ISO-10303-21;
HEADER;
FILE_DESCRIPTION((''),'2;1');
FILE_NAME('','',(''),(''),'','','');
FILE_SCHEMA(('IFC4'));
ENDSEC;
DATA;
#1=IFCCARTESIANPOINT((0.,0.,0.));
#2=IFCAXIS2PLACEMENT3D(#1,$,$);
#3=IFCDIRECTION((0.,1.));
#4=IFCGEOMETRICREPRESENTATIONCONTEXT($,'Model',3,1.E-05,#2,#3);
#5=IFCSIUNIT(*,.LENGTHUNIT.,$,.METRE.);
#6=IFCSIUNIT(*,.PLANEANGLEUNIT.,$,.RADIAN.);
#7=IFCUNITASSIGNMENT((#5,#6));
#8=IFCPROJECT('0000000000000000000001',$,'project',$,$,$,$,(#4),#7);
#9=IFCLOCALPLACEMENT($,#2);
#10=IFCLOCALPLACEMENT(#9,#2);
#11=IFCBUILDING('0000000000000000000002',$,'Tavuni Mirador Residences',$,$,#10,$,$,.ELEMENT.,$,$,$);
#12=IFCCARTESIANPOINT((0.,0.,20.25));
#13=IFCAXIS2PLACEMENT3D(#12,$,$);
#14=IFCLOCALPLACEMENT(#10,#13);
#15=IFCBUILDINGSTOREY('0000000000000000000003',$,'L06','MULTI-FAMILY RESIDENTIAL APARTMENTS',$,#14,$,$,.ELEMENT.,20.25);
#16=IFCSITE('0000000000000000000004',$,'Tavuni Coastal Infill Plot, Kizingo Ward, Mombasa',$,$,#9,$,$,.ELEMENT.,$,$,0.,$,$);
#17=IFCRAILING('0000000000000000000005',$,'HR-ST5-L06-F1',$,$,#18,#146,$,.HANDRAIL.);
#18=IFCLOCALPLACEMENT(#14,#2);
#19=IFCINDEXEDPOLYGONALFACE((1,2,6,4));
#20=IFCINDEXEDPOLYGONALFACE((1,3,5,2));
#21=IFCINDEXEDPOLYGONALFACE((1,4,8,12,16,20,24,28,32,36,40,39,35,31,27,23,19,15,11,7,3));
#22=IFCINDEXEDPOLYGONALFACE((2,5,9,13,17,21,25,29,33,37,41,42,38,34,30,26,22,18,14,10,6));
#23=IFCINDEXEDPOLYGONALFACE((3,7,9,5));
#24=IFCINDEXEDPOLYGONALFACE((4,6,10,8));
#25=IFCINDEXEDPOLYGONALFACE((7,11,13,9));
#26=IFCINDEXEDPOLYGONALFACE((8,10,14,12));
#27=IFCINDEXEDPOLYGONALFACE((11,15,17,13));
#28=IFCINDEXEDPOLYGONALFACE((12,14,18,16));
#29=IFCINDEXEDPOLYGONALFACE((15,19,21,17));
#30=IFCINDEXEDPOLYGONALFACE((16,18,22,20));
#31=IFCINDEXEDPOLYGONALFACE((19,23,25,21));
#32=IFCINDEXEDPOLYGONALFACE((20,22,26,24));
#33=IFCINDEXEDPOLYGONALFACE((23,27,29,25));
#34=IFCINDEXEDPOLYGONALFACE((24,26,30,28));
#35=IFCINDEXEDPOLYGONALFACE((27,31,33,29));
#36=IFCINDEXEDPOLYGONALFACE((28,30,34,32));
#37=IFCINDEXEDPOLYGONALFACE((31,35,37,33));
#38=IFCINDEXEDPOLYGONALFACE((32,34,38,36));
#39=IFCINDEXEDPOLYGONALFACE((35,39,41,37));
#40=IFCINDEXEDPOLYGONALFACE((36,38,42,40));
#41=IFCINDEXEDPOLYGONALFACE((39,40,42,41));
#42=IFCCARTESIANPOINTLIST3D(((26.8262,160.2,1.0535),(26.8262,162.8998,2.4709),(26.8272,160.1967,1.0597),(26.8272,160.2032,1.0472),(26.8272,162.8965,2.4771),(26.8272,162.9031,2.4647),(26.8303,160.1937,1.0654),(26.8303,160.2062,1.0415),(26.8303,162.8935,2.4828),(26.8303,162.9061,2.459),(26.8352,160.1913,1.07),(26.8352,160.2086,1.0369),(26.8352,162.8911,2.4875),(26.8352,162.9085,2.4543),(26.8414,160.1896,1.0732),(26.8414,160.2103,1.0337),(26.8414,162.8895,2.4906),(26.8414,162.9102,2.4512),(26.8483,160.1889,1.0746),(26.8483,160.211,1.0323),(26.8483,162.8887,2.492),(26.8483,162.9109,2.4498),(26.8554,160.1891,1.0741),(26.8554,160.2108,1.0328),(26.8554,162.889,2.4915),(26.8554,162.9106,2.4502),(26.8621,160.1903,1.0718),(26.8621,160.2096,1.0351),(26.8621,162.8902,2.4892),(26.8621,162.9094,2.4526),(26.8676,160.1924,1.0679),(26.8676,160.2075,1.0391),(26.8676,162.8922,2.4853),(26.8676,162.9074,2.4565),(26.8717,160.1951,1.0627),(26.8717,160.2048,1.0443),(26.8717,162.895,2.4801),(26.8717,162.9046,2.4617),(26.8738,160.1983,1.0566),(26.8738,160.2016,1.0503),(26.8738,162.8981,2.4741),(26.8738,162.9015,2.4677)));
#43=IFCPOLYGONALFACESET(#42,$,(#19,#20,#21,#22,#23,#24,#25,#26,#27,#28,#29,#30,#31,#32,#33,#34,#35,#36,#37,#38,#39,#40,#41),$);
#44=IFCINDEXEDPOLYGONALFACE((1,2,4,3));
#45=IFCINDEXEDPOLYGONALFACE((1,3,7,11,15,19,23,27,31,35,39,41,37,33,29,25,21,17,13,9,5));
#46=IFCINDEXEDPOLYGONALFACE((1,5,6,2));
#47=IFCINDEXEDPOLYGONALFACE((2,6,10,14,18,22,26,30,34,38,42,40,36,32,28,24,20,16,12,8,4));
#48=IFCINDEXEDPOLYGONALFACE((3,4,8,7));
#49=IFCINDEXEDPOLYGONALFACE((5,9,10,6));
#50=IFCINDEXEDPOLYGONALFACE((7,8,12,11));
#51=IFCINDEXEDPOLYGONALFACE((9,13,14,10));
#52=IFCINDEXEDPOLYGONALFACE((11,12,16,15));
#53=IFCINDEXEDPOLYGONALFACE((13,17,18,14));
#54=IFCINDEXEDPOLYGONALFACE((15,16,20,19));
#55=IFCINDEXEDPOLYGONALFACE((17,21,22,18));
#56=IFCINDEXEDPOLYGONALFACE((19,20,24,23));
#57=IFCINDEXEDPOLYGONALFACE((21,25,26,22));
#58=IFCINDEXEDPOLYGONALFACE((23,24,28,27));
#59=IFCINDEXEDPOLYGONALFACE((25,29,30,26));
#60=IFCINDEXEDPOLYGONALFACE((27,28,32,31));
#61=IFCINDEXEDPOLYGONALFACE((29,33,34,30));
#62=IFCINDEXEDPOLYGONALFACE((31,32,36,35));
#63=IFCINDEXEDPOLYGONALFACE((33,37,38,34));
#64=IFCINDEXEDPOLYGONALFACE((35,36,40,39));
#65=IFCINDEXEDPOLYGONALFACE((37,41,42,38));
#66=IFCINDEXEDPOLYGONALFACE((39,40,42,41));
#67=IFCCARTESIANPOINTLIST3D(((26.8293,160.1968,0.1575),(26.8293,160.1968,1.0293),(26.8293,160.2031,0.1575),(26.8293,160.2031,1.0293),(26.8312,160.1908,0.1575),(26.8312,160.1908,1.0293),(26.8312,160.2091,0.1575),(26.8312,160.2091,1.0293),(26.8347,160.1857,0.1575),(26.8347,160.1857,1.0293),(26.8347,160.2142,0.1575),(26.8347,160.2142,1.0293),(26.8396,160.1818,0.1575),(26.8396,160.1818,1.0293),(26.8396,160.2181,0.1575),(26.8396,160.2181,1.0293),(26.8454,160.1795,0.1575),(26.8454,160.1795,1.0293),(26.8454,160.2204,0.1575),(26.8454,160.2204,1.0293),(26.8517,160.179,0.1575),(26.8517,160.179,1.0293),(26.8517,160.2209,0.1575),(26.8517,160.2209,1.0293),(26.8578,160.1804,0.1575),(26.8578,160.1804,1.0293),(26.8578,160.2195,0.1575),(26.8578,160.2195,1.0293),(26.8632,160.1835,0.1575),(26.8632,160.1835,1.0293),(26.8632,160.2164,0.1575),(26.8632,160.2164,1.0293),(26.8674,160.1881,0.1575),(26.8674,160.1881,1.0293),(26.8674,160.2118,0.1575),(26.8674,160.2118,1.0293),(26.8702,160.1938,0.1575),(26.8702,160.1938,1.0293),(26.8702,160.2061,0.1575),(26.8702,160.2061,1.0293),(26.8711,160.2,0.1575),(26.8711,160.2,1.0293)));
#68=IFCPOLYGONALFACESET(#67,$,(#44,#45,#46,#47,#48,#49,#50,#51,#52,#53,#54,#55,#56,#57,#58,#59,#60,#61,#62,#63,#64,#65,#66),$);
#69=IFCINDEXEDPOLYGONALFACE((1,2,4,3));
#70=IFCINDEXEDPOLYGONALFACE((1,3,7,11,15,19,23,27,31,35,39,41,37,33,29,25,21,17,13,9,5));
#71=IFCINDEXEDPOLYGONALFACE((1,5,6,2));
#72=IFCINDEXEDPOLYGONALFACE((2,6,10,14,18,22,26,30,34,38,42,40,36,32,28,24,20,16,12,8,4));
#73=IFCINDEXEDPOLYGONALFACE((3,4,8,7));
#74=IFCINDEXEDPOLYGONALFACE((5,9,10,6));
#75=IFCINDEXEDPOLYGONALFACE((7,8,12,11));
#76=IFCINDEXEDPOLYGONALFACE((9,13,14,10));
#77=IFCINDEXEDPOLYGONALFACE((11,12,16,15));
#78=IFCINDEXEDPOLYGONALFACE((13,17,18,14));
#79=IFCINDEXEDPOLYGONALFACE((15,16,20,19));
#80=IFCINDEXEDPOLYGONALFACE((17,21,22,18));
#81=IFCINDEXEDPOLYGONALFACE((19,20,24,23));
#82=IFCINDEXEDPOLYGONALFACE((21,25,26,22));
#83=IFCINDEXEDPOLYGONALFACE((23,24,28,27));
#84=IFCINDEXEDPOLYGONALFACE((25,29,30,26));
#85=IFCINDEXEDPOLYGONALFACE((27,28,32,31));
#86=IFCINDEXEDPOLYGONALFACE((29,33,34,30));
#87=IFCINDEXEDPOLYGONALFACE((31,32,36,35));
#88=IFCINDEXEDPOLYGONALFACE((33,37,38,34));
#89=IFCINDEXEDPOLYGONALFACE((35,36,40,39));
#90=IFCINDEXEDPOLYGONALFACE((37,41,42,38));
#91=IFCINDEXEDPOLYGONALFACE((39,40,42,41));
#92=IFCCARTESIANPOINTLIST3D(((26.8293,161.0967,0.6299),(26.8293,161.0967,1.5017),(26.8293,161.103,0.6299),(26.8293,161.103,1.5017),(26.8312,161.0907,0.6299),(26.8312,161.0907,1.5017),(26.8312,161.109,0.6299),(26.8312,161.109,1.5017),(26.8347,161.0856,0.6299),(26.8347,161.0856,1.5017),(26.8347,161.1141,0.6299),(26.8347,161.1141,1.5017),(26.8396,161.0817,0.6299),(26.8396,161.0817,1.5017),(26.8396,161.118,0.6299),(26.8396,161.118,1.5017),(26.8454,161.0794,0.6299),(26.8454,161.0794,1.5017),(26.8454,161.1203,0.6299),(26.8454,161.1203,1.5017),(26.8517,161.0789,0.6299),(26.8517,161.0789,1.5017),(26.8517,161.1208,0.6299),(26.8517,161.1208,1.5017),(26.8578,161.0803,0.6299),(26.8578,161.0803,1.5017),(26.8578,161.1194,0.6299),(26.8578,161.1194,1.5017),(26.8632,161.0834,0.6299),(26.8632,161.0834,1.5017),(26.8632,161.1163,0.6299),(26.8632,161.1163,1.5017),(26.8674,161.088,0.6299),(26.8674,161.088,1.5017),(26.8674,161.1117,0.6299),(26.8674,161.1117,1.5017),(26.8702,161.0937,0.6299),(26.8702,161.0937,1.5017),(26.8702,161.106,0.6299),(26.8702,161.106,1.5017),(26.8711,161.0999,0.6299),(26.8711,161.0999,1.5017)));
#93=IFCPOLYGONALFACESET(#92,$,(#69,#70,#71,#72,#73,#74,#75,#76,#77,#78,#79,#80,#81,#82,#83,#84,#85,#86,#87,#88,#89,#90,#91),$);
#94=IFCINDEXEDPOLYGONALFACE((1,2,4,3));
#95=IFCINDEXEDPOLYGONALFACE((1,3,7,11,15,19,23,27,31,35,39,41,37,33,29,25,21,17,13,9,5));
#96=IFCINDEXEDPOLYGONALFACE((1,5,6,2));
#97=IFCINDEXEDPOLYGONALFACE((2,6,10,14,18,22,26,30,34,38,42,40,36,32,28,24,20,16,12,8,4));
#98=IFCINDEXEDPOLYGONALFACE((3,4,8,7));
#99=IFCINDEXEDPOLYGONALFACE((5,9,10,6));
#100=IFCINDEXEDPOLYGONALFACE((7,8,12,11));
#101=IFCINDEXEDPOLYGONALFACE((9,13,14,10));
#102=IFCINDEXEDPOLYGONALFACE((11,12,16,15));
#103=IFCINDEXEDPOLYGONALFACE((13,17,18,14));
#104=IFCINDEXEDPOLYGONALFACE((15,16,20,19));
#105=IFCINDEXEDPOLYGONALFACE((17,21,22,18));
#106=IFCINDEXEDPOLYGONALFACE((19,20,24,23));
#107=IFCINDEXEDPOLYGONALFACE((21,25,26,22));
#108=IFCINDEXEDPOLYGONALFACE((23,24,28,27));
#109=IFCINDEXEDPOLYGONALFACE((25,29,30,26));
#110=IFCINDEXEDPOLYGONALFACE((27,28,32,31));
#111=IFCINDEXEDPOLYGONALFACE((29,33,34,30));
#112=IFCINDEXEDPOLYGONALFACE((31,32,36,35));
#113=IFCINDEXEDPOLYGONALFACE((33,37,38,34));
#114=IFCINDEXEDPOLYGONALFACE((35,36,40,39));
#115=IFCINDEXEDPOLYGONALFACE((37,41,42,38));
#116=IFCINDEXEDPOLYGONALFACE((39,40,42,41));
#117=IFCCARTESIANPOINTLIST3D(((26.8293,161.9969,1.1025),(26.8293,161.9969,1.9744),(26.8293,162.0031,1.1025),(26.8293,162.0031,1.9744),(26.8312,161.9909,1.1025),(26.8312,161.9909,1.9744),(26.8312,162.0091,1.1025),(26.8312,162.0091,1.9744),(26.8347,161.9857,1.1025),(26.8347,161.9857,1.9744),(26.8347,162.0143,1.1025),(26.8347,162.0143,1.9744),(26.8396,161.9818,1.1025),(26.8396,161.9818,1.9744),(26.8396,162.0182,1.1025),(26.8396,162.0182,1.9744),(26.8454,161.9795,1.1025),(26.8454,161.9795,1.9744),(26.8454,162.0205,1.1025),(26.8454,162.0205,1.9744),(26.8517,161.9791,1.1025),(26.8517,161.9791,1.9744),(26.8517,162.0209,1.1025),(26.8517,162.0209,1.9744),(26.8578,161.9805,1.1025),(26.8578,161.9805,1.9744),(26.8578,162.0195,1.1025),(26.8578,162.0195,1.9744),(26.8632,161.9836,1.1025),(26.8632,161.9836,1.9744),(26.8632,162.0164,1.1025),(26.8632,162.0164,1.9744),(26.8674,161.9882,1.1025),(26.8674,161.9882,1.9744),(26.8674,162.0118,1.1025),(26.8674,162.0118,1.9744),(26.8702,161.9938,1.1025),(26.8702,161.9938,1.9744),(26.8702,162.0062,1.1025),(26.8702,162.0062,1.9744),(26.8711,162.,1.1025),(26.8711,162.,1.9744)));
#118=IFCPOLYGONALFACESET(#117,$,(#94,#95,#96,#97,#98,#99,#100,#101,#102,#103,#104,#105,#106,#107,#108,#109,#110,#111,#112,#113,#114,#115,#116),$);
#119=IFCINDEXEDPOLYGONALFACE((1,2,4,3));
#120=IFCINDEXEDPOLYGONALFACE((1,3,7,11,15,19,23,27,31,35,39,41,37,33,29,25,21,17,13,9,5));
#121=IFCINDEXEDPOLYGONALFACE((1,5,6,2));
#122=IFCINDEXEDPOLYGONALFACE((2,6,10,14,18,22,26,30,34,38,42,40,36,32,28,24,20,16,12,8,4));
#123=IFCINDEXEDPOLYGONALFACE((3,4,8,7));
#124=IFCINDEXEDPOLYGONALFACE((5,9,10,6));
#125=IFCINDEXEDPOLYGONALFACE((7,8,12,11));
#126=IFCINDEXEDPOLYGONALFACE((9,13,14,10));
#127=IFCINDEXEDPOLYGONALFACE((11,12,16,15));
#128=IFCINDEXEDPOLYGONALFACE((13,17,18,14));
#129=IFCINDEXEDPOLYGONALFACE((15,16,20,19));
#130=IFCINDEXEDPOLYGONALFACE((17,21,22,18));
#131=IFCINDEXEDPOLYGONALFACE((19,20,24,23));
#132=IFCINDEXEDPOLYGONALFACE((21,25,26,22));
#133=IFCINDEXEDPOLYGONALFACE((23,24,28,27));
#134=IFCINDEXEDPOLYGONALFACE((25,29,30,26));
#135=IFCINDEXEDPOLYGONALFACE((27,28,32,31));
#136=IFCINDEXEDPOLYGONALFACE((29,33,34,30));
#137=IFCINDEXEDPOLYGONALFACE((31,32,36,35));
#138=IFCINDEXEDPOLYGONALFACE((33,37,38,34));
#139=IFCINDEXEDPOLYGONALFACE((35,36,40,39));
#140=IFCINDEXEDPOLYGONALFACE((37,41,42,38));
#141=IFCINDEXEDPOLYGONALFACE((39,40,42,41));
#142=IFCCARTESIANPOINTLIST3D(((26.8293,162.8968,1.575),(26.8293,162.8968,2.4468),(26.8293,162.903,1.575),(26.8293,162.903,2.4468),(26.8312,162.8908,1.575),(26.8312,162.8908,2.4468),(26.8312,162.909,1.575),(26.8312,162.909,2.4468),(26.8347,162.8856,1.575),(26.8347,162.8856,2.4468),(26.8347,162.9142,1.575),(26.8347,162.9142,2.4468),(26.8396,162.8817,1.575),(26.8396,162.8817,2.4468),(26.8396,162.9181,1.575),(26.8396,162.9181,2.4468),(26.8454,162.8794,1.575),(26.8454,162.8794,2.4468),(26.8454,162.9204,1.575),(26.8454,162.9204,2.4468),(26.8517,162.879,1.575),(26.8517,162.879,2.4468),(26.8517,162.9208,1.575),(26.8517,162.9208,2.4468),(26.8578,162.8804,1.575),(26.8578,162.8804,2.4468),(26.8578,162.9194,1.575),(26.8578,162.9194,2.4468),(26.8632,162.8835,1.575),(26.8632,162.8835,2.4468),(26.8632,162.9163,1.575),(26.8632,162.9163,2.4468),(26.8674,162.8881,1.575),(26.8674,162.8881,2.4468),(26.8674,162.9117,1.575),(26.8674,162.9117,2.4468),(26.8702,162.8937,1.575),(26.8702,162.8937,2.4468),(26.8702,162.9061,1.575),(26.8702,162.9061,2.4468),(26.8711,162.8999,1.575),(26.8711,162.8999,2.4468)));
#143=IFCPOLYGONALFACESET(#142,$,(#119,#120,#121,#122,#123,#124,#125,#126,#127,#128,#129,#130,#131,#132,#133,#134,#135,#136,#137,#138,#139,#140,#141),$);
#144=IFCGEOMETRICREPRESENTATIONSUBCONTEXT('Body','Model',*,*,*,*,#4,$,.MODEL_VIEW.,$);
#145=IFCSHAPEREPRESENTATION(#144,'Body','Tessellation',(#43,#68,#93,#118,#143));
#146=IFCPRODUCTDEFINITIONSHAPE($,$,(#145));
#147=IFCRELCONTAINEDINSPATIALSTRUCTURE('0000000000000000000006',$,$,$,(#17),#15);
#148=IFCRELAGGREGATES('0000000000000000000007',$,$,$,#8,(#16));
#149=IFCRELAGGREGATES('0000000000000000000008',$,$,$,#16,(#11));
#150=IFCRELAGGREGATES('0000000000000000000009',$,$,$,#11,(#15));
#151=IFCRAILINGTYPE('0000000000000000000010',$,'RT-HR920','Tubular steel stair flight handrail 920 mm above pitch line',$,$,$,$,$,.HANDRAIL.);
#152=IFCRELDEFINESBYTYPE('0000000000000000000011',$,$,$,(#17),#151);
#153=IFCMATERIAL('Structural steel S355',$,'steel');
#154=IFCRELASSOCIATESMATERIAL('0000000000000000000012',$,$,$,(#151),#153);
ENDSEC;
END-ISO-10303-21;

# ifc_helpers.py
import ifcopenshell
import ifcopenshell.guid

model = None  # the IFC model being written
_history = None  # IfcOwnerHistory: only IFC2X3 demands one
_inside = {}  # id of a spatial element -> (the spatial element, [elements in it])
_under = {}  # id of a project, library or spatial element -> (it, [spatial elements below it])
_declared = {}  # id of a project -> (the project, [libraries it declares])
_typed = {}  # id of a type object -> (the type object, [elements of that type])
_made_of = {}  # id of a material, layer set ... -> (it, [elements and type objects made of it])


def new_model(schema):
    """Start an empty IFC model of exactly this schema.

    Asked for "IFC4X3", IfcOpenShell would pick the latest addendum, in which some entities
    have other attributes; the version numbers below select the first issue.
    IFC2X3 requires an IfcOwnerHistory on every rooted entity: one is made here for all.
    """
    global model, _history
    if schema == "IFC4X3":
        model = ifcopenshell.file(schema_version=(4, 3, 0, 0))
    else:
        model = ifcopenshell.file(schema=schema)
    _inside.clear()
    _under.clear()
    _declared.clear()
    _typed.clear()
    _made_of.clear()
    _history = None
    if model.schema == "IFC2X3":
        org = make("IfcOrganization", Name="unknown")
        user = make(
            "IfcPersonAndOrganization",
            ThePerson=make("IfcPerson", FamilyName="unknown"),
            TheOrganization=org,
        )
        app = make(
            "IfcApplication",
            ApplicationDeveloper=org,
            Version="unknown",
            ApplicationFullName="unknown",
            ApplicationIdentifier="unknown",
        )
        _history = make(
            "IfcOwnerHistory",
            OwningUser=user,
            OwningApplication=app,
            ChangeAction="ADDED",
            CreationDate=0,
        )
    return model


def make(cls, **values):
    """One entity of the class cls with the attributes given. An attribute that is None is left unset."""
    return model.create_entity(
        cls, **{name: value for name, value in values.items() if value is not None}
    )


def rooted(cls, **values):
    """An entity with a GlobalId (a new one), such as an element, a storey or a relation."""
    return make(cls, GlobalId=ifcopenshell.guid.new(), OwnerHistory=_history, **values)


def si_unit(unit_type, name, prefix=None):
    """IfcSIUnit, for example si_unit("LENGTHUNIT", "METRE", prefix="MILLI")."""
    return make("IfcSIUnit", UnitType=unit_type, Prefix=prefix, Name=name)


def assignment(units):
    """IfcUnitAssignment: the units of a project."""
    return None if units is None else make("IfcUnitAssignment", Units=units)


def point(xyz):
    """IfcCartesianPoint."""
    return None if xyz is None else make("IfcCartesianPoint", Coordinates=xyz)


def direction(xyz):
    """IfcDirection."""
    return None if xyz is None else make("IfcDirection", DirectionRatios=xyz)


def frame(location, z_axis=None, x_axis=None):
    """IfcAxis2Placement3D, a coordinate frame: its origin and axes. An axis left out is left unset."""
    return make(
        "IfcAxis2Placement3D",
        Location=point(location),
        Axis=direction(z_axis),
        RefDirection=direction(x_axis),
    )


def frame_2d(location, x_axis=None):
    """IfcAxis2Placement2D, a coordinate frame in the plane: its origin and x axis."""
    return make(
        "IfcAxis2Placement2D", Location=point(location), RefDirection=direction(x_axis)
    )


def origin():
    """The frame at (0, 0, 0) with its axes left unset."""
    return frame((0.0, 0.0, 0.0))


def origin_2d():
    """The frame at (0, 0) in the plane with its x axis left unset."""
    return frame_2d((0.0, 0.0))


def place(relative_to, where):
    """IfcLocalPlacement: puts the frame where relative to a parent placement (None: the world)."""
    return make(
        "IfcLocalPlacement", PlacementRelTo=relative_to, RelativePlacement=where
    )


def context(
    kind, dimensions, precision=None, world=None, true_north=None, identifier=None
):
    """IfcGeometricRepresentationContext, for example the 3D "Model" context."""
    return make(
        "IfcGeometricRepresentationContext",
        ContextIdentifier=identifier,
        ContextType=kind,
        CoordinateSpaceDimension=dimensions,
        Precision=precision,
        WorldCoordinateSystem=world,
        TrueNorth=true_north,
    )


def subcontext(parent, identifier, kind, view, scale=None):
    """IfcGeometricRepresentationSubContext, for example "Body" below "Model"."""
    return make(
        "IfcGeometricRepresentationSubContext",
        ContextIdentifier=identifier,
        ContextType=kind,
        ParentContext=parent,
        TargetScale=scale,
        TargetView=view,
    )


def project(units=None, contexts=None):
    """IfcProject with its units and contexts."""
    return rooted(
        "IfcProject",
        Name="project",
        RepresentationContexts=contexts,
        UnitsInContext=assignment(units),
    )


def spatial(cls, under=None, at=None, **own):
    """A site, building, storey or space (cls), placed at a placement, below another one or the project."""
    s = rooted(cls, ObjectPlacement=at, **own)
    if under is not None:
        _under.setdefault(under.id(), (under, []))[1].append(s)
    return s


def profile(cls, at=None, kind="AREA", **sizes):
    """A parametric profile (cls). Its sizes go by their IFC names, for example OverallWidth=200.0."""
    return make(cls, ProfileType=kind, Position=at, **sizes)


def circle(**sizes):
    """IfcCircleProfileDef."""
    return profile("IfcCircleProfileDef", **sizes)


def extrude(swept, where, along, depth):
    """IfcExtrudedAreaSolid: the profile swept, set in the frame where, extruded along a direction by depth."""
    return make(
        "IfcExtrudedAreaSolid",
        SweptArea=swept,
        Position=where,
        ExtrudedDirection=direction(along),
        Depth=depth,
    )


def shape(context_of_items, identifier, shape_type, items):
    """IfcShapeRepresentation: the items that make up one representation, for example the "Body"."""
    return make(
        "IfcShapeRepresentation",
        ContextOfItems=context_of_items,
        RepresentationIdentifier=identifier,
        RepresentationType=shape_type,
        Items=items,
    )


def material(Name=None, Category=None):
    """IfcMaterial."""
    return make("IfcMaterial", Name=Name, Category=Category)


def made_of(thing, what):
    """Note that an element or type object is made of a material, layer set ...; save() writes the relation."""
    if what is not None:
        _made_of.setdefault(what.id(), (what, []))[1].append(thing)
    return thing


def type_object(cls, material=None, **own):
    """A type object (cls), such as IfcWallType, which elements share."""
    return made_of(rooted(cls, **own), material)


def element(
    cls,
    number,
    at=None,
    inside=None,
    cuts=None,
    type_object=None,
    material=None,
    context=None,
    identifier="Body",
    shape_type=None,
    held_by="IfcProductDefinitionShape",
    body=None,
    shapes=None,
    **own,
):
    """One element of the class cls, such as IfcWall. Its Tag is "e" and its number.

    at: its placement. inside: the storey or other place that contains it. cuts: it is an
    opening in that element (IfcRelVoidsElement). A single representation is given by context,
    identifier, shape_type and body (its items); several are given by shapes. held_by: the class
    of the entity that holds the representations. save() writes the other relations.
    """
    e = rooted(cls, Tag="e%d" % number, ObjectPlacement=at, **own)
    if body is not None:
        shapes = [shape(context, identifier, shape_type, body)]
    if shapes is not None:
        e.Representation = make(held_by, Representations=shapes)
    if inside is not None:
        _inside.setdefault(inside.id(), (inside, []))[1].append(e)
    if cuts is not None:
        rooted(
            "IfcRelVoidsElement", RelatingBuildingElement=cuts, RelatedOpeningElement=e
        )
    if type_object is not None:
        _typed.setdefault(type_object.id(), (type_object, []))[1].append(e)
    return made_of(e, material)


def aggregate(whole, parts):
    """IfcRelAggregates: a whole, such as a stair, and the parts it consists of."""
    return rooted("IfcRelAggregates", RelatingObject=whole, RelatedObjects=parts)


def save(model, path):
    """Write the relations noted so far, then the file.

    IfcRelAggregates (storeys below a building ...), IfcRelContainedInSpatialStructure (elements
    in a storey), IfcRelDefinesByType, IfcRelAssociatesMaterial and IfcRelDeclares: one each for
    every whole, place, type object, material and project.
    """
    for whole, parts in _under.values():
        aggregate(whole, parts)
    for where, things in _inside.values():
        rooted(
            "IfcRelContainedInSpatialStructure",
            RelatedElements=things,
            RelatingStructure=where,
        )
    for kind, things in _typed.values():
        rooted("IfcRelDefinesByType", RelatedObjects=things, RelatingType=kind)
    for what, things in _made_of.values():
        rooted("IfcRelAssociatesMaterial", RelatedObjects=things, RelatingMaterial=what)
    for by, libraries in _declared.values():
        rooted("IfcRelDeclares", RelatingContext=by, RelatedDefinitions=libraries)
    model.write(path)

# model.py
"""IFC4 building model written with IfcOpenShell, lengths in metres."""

from ifc_helpers import new_model, si_unit, direction, frame, origin, origin_2d, place, context, subcontext, project, spatial, circle, extrude, material, type_object, element, save


model = new_model("IFC4")

# Units and contexts
model_context = context("Model", 3, precision=1e-05, world=origin(), true_north=direction((0.0, 1.0)))
body_context = subcontext(model_context, "Body", "Model", "MODEL_VIEW")
ifc_project = project(units=[si_unit("LENGTHUNIT", "METRE"), si_unit("PLANEANGLEUNIT", "RADIAN")], contexts=[model_context])

# Site, building, storey
site_placement = place(None, origin())
site = spatial("IfcSite", under=ifc_project, at=site_placement, Name="Tavuni Coastal Infill Plot, Kizingo Ward, Mombasa", CompositionType="ELEMENT", RefElevation=0.0)
building_placement = place(site_placement, origin())
building = spatial("IfcBuilding", under=site, at=building_placement, Name="Tavuni Mirador Residences", CompositionType="ELEMENT")
storey_placement = place(building_placement, frame((0.0, 0.0, 20.25)))
storey = spatial("IfcBuildingStorey", under=building, at=storey_placement, Name="L06", Description="MULTI-FAMILY RESIDENTIAL APARTMENTS", CompositionType="ELEMENT", Elevation=20.25)

# Shared definitions
ifc_material_1 = material(Name="Structural steel S355", Category="steel")

# Railing
railing_type_1 = type_object("IfcRailingType", Name="RT-HR920", Description="Tubular steel stair flight handrail 920 mm above pitch line", PredefinedType="HANDRAIL", material=ifc_material_1)
railing_1_placement = place(storey_placement, frame((26.8501, 160.2, 0.1575)))
element("IfcRailing", 1, at=railing_1_placement, inside=storey, type_object=railing_type_1, Name="HR-ST5-L06-F1", PredefinedType="HANDRAIL", context=body_context, shape_type="SweptSolid", body=[
    extrude(circle(Radius=0.0239, at=origin_2d()), frame((0.0, 0.0, 0.896), z_axis=(0.0, 0.885397, 0.464835), x_axis=(-1.0, 0.0, 0.0)), (0.0, 0.0, 1.0), 3.0493),
    extrude(circle(Radius=0.021, at=origin_2d()), origin(), (0.0, 0.0, 1.0), 0.8718),
    extrude(circle(Radius=0.021, at=origin_2d()), frame((0.0, 0.8999, 0.4724)), (0.0, 0.0, 1.0), 0.8718),
    extrude(circle(Radius=0.021, at=origin_2d()), frame((0.0, 1.8, 0.9451)), (0.0, 0.0, 1.0), 0.8718),
    extrude(circle(Radius=0.021, at=origin_2d()), frame((0.0, 2.7, 1.4175)), (0.0, 0.0, 1.0), 0.8718),
])

save(model, "model.ifc")
